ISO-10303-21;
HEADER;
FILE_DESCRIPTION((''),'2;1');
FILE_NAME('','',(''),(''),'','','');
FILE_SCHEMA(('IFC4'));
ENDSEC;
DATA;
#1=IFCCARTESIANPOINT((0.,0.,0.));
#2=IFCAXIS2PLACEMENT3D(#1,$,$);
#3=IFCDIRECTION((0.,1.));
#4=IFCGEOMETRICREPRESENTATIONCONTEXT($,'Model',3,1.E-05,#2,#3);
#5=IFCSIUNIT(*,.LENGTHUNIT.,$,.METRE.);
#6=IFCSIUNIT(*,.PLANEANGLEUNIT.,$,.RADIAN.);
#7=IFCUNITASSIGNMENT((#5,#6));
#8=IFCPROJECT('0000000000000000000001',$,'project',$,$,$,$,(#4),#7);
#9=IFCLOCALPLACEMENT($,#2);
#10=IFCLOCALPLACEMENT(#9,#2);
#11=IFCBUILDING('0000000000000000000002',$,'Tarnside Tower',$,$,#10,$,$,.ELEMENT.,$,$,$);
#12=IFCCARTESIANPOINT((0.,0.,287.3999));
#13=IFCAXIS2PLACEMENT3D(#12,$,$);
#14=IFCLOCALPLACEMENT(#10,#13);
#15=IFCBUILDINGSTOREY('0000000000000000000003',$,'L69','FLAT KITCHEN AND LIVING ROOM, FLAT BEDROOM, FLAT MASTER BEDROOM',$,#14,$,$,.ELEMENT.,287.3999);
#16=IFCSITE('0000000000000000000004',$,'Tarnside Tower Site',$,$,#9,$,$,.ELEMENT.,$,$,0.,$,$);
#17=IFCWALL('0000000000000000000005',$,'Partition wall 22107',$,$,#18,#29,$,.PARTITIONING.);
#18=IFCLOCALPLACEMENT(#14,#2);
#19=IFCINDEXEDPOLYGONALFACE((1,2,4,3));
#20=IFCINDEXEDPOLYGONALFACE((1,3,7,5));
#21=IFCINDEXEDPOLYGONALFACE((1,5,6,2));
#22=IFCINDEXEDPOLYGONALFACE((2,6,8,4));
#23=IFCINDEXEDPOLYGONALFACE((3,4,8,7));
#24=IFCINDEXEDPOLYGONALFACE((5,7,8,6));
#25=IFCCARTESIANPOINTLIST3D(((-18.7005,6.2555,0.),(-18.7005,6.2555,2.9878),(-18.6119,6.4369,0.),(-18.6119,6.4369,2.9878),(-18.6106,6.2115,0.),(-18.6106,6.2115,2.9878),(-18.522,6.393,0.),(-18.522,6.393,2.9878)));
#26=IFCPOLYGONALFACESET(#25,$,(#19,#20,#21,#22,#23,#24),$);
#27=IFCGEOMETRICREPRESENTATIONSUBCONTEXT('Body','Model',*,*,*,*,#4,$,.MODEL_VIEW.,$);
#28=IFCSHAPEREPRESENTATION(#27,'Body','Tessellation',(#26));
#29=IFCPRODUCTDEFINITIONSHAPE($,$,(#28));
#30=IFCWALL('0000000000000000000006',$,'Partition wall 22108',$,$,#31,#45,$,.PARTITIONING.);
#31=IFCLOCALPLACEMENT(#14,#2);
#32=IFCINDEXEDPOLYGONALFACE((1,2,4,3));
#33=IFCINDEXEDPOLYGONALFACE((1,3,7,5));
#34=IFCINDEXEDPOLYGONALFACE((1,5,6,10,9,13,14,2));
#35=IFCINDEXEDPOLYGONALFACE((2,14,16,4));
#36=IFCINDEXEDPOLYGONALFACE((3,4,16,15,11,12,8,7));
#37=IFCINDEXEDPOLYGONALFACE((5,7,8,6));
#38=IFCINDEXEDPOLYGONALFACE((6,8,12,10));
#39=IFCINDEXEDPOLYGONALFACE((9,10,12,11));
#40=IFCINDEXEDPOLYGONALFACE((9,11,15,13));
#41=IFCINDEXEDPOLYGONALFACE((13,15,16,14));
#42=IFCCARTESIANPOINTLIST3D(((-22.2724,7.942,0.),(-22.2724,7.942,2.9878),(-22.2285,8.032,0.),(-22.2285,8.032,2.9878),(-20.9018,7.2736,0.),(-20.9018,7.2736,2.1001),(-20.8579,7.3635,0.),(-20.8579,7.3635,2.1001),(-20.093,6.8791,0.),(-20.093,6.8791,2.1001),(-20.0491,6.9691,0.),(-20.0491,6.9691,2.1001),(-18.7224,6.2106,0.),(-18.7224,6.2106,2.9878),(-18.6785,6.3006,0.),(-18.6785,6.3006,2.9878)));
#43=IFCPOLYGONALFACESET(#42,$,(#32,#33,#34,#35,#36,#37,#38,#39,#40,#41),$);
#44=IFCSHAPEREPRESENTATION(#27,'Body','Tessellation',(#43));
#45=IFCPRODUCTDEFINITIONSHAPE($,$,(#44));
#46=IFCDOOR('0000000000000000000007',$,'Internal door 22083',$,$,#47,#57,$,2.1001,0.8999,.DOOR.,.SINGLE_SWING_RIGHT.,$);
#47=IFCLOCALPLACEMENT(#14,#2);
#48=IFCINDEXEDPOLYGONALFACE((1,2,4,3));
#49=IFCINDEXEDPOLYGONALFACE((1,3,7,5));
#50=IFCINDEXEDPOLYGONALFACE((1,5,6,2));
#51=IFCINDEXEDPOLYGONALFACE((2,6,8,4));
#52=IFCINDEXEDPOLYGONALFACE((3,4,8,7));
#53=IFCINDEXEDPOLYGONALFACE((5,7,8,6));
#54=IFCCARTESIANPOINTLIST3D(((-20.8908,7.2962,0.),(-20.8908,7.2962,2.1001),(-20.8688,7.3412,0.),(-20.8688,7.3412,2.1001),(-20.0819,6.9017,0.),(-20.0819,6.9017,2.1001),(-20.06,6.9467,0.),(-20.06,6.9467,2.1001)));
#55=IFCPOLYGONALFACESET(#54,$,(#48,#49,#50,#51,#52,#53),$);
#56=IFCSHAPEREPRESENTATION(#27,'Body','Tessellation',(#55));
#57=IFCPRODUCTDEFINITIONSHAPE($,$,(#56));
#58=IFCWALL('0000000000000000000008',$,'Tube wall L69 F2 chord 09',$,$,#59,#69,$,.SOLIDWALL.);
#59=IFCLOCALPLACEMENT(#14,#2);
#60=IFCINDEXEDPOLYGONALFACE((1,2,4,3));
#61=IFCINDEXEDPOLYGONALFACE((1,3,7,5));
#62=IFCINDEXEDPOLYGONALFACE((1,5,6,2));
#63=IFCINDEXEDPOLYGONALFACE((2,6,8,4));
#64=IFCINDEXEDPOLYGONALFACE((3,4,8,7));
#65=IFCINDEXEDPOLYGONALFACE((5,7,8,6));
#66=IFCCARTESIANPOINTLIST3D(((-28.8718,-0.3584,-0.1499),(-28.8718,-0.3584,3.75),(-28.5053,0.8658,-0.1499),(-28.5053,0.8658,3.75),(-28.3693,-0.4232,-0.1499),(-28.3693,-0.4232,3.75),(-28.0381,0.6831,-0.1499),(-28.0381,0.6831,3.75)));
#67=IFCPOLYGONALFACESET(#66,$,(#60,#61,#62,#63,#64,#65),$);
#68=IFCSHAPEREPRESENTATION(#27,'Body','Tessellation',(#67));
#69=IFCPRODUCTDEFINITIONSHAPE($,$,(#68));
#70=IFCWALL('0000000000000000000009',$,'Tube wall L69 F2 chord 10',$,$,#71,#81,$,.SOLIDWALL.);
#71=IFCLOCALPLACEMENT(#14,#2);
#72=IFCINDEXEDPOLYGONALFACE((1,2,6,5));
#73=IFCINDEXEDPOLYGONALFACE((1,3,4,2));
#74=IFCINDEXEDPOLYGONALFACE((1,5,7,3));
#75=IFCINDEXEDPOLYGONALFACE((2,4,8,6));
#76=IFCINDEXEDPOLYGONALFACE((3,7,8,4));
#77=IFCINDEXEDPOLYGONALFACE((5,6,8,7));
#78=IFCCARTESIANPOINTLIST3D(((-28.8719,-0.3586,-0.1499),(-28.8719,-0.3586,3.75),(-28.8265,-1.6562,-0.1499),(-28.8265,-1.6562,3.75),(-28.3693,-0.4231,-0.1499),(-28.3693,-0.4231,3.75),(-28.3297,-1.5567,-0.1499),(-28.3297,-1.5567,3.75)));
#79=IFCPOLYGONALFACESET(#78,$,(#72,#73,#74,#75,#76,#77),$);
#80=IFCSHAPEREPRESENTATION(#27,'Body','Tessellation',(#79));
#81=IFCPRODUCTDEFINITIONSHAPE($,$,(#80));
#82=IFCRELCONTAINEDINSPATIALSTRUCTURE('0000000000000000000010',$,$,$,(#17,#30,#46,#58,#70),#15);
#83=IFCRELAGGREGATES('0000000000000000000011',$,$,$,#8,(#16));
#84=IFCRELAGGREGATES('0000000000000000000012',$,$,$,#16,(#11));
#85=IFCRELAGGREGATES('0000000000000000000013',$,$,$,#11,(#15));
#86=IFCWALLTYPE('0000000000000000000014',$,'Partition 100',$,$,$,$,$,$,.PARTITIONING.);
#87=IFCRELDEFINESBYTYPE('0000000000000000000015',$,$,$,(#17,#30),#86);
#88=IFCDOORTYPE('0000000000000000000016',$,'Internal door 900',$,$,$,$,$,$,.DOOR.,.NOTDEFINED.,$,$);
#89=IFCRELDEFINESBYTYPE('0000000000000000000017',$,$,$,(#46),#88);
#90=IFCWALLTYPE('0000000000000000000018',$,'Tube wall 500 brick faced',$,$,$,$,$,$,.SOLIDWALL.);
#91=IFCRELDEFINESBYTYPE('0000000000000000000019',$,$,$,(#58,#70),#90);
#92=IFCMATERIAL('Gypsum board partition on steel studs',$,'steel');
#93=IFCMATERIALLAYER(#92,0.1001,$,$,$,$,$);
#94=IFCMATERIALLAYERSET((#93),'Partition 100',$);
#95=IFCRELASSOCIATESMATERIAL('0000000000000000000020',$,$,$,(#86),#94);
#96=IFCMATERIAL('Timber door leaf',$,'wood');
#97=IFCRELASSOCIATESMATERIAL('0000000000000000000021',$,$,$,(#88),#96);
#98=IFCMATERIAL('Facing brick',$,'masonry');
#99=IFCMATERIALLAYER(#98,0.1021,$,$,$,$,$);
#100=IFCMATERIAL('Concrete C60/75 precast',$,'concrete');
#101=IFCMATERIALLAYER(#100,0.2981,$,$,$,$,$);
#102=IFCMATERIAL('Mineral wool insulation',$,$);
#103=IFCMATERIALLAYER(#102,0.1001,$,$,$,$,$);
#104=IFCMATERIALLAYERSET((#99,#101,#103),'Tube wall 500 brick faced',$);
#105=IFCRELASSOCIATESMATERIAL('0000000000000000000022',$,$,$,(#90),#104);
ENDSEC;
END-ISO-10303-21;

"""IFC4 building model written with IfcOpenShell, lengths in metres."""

from ifc_helpers import new_model, si_unit, direction, frame, frame_2d, origin, place, context, subcontext, project, spatial, polyline, rectangle, outline, extrude, material, layer, layer_set, type_object, element, fill, save


model = new_model("IFC4")

# Units and contexts
model_context = context("Model", 3, precision=1e-05, world=origin(), true_north=direction((0.0, 1.0)))
body_context = subcontext(model_context, "Body", "Model", "MODEL_VIEW")
ifc_project = project(units=[si_unit("LENGTHUNIT", "METRE"), si_unit("PLANEANGLEUNIT", "RADIAN")], contexts=[model_context])

# Site, building, storey
site_placement = place(None, origin())
site = spatial("IfcSite", under=ifc_project, at=site_placement, Name="Tarnside Tower Site", CompositionType="ELEMENT", RefElevation=0.0)
building_placement = place(site_placement, origin())
building = spatial("IfcBuilding", under=site, at=building_placement, Name="Tarnside Tower", CompositionType="ELEMENT")
storey_placement = place(building_placement, frame((0.0, 0.0, 287.3999)))
storey = spatial("IfcBuildingStorey", under=building, at=storey_placement, Name="L69", Description="FLAT KITCHEN AND LIVING ROOM, FLAT BEDROOM, FLAT MASTER BEDROOM", CompositionType="ELEMENT", Elevation=287.3999)

# Shared definitions
ifc_material_1 = material(Name="Gypsum board partition on steel studs", Category="steel")

# Shared definitions
ifc_material_2 = material(Name="Timber door leaf", Category="wood")

# Wall
ifc_material_3 = material(Name="Concrete C60/75 precast", Category="concrete")
ifc_material_4 = material(Name="Mineral wool insulation")
ifc_layer_1 = layer(ifc_material_1, 0.1001)
ifc_layer_set_1 = layer_set([ifc_layer_1], Name="Partition 100")
wall_type_1 = type_object("IfcWallType", Name="Partition 100", PredefinedType="PARTITIONING", material=ifc_layer_set_1)
wall_1_placement = place(storey_placement, frame((-18.5669, 6.415, 0.0), z_axis=(0.0, 0.0, 1.0), x_axis=(-0.438972, -0.898501, 0.0)))
element("IfcWall", 1, at=wall_1_placement, inside=storey, type_object=wall_type_1, Name="Partition wall 22107", PredefinedType="PARTITIONING", context=body_context, shape_type="SweptSolid", body=[
    extrude(rectangle(XDim=0.2019, YDim=0.1001, at=frame_2d((0.1011, 0.0))), origin(), (0.0, 0.0, 1.0), 2.9878),
])

# Wall, opening, door
wall_2_placement = place(storey_placement, frame((-18.7004, 6.2556, 0.0), z_axis=(0.0, 0.0, 1.0), x_axis=(-0.898797, 0.438365, 0.0)))
wall_2 = element("IfcWall", 2, at=wall_2_placement, inside=storey, type_object=wall_type_1, Name="Partition wall 22108", PredefinedType="PARTITIONING", context=body_context, shape_type="SweptSolid", body=[
    extrude(rectangle(XDim=3.9497, YDim=0.1001, at=frame_2d((1.9749, 0.0))), origin(), (0.0, 0.0, 1.0), 2.9878),
])
opening_1_placement = place(wall_2_placement, frame((1.5249, 0.0, 0.0)))
opening_1 = element("IfcOpeningElement", 3, at=opening_1_placement, cuts=wall_2, PredefinedType="OPENING", context=body_context, shape_type="SweptSolid", body=[
    extrude(rectangle(XDim=0.8999, YDim=2.1001, at=frame_2d((0.45, 1.05))), frame((0.0, 0.0601, 0.0), z_axis=(0.0, -1.0, 0.0), x_axis=(1.0, 0.0, 0.0)), (0.0, 0.0, 1.0), 0.1201),
])
door_type_1 = type_object("IfcDoorType", Name="Internal door 900", OperationType="NOTDEFINED", PredefinedType="DOOR", material=ifc_material_2)
door_1_placement = place(opening_1_placement, origin())
door_1 = element("IfcDoor", 4, at=door_1_placement, inside=storey, type_object=door_type_1, Name="Internal door 22083", OperationType="SINGLE_SWING_RIGHT", OverallHeight=2.1001, OverallWidth=0.8999, PredefinedType="DOOR", context=body_context, shape_type="SweptSolid", body=[
    extrude(rectangle(XDim=0.8999, YDim=2.1001, at=frame_2d((0.45, 1.05))), frame((0.0, 0.0249, 0.0), z_axis=(0.0, -1.0, 0.0), x_axis=(1.0, 0.0, 0.0)), (0.0, 0.0, 1.0), 0.05),
])
fill(opening_1, door_1)

# Walls
ifc_material_5 = material(Name="Facing brick", Category="masonry")
ifc_layer_2 = layer(ifc_material_5, 0.1021)
ifc_layer_3 = layer(ifc_material_3, 0.2981)
ifc_layer_4 = layer(ifc_material_4, 0.1001)
ifc_layer_set_2 = layer_set([ifc_layer_2, ifc_layer_3, ifc_layer_4], Name="Tube wall 500 brick faced")
wall_type_2 = type_object("IfcWallType", Name="Tube wall 500 brick faced", PredefinedType="SOLIDWALL", material=ifc_layer_set_2)
wall_3_placement = place(storey_placement, frame((-28.2717, 0.7744, -0.1499), z_axis=(0.0, 0.0, 1.0), x_axis=(-0.286814, -0.957986, 0.0)))
element("IfcWall", 5, at=wall_3_placement, inside=storey, type_object=wall_type_2, Name="Tube wall L69 F2 chord 09", PredefinedType="SOLIDWALL", context=body_context, shape_type="SweptSolid", body=[
    extrude(outline(polyline([(-0.0205, -0.25), (1.2573, -0.25), (1.1753, 0.25), (0.0205, 0.25), (-0.0205, -0.25)])), origin(), (0.0, 0.0, 1.0), 3.8999),
])
wall_4_placement = place(storey_placement, frame((-28.6206, -0.3909, -0.1499), z_axis=(0.0, 0.0, 1.0), x_axis=(0.034925, -0.99939, 0.0)))
element("IfcWall", 6, at=wall_4_placement, inside=storey, type_object=wall_type_2, Name="Tube wall L69 F2 chord 10", PredefinedType="SOLIDWALL", context=body_context, shape_type="SweptSolid", body=[
    extrude(outline(polyline([(-0.041, -0.25), (1.2573, -0.25), (1.1753, 0.25), (0.041, 0.25), (-0.041, -0.25)])), origin(), (0.0, 0.0, 1.0), 3.8999),
])

save(model, "model.ifc")
